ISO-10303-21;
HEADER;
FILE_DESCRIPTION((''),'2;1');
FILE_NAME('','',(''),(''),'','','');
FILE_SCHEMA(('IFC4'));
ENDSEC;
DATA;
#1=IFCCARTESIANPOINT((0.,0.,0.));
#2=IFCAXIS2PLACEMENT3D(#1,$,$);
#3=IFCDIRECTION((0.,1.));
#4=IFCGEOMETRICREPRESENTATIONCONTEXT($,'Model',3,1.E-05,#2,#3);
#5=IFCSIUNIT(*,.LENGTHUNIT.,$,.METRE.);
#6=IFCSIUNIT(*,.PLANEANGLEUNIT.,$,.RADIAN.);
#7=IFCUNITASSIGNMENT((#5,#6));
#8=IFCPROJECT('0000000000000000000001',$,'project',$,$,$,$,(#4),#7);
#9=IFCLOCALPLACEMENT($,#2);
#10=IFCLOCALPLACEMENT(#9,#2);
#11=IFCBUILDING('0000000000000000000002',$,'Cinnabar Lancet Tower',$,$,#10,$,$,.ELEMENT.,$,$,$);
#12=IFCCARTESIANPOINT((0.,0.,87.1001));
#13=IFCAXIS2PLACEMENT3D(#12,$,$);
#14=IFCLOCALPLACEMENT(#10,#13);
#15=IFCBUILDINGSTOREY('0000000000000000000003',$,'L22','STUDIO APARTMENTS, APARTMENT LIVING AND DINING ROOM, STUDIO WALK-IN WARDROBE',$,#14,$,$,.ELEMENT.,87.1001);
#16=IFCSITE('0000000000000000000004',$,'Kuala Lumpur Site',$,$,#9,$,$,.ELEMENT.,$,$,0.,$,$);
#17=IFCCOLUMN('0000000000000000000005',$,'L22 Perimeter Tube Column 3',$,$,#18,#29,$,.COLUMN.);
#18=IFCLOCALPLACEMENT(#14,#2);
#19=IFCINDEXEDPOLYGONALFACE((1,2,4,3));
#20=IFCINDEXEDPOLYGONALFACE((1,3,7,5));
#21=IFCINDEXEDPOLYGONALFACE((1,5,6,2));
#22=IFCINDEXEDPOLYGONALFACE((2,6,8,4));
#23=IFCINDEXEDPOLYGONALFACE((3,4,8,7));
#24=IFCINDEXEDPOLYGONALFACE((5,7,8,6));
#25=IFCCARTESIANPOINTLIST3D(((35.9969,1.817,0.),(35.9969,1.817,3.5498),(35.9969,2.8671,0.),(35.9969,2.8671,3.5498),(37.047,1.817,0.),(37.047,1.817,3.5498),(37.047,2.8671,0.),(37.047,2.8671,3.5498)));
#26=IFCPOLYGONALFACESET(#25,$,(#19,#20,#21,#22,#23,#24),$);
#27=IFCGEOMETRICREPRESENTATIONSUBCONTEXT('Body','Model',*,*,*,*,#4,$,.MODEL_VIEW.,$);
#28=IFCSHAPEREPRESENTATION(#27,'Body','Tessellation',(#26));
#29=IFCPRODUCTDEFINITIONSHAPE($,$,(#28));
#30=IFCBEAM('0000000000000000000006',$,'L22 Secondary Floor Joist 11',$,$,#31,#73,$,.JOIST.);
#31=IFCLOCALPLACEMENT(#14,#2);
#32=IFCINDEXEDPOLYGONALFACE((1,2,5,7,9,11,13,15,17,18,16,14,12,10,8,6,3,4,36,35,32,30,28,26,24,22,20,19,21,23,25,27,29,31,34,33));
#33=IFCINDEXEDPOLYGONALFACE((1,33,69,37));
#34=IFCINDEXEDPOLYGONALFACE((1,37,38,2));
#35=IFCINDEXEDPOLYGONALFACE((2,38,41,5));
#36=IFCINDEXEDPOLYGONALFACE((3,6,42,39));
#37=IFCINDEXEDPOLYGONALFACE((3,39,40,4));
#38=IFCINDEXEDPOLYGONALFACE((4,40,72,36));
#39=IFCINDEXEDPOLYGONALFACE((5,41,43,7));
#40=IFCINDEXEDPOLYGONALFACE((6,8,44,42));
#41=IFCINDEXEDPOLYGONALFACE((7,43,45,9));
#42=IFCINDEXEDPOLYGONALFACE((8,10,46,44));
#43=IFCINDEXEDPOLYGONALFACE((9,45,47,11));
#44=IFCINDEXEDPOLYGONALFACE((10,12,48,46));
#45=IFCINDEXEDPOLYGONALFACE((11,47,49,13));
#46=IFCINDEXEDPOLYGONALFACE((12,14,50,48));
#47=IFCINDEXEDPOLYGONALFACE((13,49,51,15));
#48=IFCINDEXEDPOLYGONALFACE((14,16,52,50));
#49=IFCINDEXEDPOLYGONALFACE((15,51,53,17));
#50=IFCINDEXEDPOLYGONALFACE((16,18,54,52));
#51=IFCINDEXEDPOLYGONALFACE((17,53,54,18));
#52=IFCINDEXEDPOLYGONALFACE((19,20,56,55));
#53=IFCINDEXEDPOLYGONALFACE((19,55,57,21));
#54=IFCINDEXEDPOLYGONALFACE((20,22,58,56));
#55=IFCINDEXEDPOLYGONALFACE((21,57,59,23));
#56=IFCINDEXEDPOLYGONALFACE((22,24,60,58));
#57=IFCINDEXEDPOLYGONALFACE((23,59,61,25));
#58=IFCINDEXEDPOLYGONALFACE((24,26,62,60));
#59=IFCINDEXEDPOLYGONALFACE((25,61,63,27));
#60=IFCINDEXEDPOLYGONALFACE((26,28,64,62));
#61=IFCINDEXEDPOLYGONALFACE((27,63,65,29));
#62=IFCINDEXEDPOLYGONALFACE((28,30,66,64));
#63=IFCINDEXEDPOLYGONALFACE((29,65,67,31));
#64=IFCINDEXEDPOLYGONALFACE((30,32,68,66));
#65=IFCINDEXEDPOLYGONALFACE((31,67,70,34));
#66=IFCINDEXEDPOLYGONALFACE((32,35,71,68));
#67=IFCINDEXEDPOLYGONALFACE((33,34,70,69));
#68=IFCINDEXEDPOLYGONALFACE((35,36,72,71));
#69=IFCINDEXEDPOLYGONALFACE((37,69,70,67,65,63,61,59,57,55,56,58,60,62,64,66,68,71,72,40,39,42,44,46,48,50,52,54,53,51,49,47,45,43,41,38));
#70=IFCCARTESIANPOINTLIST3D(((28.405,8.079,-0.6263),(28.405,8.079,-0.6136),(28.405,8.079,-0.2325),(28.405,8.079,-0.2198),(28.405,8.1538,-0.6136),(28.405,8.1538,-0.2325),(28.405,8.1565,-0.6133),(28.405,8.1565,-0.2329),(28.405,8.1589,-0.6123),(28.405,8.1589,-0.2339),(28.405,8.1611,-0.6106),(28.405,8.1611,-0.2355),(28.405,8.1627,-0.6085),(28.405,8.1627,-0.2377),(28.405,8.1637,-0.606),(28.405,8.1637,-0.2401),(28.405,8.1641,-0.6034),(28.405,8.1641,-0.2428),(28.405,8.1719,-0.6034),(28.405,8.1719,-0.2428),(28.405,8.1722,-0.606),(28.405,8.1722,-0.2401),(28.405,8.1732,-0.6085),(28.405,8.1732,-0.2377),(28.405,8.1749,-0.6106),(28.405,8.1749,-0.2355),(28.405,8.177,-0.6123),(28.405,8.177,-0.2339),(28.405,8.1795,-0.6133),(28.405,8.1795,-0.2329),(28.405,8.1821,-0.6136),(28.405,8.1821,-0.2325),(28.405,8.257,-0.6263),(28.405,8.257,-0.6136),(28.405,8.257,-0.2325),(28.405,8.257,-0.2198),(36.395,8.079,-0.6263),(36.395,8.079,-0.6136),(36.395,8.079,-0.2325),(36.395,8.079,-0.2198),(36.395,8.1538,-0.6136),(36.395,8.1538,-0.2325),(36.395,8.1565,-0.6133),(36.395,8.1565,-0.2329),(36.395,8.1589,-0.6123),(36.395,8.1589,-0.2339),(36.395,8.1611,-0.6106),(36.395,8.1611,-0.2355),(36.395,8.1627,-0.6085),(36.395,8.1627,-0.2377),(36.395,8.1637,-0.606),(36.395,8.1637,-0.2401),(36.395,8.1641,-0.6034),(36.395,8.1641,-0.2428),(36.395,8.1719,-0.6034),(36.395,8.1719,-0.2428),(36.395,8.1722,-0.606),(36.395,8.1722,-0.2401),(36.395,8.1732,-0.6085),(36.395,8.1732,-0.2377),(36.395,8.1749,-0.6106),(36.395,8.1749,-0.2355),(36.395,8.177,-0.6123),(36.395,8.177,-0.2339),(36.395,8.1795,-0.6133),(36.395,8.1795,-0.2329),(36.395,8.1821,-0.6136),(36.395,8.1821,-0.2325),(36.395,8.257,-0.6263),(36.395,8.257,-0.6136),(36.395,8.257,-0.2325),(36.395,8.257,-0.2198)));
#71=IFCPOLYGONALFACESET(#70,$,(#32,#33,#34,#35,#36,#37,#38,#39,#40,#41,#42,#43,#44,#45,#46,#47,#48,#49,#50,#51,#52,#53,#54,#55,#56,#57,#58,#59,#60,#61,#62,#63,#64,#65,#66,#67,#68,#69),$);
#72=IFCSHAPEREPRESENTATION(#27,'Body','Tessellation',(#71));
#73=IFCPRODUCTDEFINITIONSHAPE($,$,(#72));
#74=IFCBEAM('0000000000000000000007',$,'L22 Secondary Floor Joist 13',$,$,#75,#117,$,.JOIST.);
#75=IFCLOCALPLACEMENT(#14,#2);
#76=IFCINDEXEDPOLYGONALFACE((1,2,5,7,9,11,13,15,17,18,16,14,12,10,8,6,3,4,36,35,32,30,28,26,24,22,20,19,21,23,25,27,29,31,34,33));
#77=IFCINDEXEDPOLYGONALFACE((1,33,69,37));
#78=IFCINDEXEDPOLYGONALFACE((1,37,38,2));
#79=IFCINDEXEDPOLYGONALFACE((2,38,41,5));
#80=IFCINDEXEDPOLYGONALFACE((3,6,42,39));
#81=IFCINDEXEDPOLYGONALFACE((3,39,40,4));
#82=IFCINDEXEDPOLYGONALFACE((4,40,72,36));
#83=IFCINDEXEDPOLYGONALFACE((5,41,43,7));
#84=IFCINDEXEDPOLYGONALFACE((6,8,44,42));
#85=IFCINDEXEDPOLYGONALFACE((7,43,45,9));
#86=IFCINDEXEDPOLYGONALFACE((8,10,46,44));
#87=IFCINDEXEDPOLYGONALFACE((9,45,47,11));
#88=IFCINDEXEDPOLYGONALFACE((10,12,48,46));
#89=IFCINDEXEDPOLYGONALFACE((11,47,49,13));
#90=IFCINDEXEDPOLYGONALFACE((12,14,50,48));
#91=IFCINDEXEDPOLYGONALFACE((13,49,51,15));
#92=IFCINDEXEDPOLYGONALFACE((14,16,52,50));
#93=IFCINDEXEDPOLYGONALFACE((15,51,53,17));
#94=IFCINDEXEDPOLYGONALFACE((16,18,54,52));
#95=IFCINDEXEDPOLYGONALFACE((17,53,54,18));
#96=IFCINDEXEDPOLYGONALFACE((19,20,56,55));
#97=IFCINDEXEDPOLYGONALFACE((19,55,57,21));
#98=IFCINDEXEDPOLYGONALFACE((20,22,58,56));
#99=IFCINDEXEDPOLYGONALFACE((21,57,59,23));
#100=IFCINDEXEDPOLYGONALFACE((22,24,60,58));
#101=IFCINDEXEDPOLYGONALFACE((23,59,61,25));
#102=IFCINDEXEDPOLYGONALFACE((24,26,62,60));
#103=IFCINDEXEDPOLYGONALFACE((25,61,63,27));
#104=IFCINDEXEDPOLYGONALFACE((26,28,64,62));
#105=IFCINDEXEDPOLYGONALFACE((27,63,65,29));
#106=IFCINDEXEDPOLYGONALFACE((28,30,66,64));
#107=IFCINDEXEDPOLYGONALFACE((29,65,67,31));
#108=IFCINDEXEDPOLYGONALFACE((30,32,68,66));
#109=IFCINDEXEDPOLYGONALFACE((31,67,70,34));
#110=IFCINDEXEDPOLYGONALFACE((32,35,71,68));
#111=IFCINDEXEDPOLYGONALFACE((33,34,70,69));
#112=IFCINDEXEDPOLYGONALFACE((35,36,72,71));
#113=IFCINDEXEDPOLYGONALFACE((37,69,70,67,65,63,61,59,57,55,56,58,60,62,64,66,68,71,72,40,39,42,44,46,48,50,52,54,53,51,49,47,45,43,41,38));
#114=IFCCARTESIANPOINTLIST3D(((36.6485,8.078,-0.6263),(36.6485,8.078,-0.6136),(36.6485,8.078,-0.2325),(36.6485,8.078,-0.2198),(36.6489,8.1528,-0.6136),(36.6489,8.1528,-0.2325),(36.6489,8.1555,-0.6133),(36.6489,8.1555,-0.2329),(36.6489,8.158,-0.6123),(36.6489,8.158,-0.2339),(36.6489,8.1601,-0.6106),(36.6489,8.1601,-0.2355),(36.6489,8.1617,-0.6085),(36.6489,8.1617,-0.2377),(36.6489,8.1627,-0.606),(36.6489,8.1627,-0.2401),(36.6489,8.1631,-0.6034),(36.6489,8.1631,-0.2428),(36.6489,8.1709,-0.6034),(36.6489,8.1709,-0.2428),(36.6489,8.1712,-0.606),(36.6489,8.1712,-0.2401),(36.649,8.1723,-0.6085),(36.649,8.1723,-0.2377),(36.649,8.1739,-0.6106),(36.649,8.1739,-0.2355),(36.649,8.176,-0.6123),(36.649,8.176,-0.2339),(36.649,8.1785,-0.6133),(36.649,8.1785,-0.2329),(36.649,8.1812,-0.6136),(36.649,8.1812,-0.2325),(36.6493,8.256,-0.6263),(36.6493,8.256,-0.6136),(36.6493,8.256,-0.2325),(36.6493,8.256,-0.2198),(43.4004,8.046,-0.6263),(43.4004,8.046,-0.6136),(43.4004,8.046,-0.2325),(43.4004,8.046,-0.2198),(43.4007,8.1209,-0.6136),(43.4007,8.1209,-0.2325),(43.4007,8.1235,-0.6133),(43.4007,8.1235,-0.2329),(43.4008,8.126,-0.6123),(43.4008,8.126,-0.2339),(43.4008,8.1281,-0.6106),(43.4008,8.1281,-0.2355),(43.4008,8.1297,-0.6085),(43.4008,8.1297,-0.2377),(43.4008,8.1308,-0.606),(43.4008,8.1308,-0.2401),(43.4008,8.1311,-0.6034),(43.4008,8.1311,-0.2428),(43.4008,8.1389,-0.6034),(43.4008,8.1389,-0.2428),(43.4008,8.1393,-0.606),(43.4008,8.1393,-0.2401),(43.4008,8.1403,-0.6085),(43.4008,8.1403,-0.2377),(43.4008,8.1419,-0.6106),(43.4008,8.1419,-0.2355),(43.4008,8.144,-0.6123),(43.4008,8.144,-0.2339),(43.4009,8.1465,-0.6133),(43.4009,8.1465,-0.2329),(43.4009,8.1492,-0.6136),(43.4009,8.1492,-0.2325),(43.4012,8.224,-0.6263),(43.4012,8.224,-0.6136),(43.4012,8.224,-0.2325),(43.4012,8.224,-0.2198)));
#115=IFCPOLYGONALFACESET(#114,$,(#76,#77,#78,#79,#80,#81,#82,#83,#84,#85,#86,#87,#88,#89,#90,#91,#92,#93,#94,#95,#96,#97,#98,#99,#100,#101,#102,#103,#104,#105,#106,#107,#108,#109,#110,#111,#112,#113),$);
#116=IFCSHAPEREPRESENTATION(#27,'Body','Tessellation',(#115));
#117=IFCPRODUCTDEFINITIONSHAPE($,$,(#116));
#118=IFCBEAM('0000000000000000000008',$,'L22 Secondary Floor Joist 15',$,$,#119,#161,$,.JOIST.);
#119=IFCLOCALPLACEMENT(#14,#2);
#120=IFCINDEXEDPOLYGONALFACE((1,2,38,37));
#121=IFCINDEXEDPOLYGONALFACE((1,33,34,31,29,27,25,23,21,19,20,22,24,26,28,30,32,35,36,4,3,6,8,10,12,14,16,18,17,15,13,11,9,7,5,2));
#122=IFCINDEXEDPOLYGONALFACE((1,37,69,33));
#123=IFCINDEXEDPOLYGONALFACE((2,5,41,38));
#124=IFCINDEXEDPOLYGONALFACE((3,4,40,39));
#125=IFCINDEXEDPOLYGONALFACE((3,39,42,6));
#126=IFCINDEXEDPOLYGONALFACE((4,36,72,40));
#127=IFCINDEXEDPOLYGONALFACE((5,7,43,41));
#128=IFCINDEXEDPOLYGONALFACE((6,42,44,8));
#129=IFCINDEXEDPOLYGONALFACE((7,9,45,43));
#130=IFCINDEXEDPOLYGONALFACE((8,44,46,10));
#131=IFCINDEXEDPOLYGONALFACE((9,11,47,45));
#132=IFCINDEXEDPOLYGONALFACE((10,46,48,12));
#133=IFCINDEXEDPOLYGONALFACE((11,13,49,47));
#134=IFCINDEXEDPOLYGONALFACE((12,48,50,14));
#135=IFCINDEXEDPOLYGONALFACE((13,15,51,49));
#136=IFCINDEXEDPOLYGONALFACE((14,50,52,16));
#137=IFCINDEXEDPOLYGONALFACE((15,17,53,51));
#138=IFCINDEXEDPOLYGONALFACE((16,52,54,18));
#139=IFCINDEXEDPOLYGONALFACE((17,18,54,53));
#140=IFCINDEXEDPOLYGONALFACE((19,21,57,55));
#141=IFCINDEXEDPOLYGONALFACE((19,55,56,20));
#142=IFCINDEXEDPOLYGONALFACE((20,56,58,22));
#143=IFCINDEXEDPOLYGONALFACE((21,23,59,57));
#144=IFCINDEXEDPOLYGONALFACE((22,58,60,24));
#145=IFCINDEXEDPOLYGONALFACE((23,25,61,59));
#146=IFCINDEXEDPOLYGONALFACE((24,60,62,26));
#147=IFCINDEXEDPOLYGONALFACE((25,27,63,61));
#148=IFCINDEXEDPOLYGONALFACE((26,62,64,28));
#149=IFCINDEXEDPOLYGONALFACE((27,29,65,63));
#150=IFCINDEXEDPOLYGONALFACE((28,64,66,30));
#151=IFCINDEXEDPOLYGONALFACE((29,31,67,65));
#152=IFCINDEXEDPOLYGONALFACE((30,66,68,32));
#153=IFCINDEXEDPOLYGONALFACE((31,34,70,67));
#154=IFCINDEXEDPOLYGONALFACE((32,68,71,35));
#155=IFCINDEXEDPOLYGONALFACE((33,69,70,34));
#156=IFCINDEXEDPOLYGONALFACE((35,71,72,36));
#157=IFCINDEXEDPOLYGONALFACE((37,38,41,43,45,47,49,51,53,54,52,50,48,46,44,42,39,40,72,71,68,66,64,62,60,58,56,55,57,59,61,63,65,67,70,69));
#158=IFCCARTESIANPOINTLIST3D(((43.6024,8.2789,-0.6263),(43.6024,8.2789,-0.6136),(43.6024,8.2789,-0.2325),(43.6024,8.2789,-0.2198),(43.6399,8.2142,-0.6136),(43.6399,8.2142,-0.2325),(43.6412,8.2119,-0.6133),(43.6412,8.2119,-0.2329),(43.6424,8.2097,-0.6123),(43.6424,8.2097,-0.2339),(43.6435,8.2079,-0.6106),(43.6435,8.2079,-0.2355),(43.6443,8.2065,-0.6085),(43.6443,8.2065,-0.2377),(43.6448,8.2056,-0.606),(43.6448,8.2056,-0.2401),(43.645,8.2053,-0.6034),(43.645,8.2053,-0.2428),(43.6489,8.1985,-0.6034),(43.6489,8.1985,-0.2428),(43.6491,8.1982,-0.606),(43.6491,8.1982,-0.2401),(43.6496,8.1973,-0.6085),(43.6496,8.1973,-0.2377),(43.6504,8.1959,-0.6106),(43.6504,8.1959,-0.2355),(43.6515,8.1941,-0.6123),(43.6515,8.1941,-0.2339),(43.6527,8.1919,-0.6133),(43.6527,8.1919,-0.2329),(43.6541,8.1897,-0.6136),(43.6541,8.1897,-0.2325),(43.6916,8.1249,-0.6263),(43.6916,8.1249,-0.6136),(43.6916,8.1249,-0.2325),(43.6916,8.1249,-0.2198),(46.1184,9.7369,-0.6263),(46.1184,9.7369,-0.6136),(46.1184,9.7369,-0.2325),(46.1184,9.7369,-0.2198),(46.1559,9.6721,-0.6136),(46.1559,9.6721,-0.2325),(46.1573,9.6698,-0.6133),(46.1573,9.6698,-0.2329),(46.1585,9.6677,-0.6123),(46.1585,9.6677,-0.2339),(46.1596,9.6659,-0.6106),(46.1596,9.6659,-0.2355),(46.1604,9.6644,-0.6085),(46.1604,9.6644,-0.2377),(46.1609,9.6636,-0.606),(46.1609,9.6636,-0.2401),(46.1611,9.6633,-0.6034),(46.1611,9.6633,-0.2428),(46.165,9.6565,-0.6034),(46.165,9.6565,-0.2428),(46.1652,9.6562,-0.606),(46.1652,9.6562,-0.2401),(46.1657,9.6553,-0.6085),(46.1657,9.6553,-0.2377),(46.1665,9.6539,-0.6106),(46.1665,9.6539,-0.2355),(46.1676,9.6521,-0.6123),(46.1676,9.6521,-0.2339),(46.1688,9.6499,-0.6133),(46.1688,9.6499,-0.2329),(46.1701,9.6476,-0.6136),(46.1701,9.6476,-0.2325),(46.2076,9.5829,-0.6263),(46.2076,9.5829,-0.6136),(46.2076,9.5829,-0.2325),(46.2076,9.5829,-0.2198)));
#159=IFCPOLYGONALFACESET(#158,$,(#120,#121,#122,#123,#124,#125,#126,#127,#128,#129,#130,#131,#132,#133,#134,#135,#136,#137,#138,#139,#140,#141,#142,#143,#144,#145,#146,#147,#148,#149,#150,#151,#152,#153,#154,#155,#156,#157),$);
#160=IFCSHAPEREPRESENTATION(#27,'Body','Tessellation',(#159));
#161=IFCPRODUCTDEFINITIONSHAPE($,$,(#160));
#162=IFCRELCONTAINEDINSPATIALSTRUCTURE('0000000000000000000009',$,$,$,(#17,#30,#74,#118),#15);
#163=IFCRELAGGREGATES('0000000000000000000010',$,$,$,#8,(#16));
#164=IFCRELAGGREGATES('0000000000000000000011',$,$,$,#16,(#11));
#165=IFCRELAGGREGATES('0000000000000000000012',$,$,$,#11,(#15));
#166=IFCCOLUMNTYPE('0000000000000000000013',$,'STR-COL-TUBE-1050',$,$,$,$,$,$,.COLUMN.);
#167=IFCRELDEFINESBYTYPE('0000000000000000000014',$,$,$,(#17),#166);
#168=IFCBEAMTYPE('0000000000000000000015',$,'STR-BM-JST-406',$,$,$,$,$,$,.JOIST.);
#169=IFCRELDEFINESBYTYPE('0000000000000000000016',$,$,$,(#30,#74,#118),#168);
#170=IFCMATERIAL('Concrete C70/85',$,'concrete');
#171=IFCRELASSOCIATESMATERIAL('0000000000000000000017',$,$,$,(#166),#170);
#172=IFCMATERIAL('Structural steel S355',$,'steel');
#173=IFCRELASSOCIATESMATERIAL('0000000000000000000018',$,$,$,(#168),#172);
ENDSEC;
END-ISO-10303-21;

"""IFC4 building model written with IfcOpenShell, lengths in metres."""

from ifc_helpers import new_model, si_unit, direction, frame, origin, origin_2d, place, context, subcontext, project, spatial, rectangle, i_section, extrude, material, material_profile, profile_set, type_object, element, save


model = new_model("IFC4")

# Units and contexts
model_context = context("Model", 3, precision=1e-05, world=origin(), true_north=direction((0.0, 1.0)))
body_context = subcontext(model_context, "Body", "Model", "MODEL_VIEW")
ifc_project = project(units=[si_unit("LENGTHUNIT", "METRE"), si_unit("PLANEANGLEUNIT", "RADIAN")], contexts=[model_context])

# Site, building, storey
site_placement = place(None, origin())
site = spatial("IfcSite", under=ifc_project, at=site_placement, Name="Kuala Lumpur Site", CompositionType="ELEMENT", RefElevation=0.0)
building_placement = place(site_placement, origin())
building = spatial("IfcBuilding", under=site, at=building_placement, Name="Cinnabar Lancet Tower", CompositionType="ELEMENT")
storey_placement = place(building_placement, frame((0.0, 0.0, 87.1001)))
storey = spatial("IfcBuildingStorey", under=building, at=storey_placement, Name="L22", Description="STUDIO APARTMENTS, APARTMENT LIVING AND DINING ROOM, STUDIO WALK-IN WARDROBE", CompositionType="ELEMENT", Elevation=87.1001)

# Column
ifc_material_1 = material(Name="Concrete C70/85", Category="concrete")
ifc_material_profile_1 = material_profile(ifc_material_1, rectangle(XDim=1.05, YDim=1.05, at=origin_2d()), Name="RC-COL 1050x1050")
ifc_profile_set_1 = profile_set([ifc_material_profile_1], Name="Concrete C70/85")
column_type = type_object("IfcColumnType", Name="STR-COL-TUBE-1050", PredefinedType="COLUMN", material=ifc_profile_set_1)
column_placement = place(storey_placement, frame((36.522, 2.342, 0.0), z_axis=(0.0, 0.0, 1.0), x_axis=(1.0, 0.0, 0.0)))
element("IfcColumn", 1, at=column_placement, inside=storey, type_object=column_type, Name="L22 Perimeter Tube Column 3", PredefinedType="COLUMN", context=body_context, shape_type="SweptSolid", body=[
    extrude(rectangle(XDim=1.05, YDim=1.05, at=origin_2d()), origin(), (0.0, 0.0, 1.0), 3.5498),
])

# Beams
ifc_material_2 = material(Name="Structural steel S355", Category="steel")
ifc_material_profile_2 = material_profile(ifc_material_2, i_section(OverallWidth=0.178, OverallDepth=0.4065, WebThickness=0.0078, FlangeThickness=0.0127, FilletRadius=0.0103, at=origin_2d()), Name="UKB 406x178x60")
ifc_profile_set_2 = profile_set([ifc_material_profile_2], Name="Structural steel S355")
beam_type_1 = type_object("IfcBeamType", Name="STR-BM-JST-406", PredefinedType="JOIST", material=ifc_profile_set_2)
beam_1_placement = place(storey_placement, frame((28.405, 8.168, -0.4231), z_axis=(1.0, 0.0, 0.0), x_axis=(0.0, 1.0, 0.0)))
element("IfcBeam", 2, at=beam_1_placement, inside=storey, type_object=beam_type_1, Name="L22 Secondary Floor Joist 11", PredefinedType="JOIST", context=body_context, shape_type="SweptSolid", body=[
    extrude(i_section(OverallWidth=0.178, OverallDepth=0.4065, WebThickness=0.0078, FlangeThickness=0.0127, FilletRadius=0.0103, at=origin_2d()), origin(), (0.0, 0.0, 1.0), 7.99),
])
beam_2_placement = place(storey_placement, frame((36.6489, 8.167, -0.4231), z_axis=(0.999989, -0.004737, 0.0), x_axis=(0.004737, 0.999989, 0.0)))
element("IfcBeam", 3, at=beam_2_placement, inside=storey, type_object=beam_type_1, Name="L22 Secondary Floor Joist 13", PredefinedType="JOIST", context=body_context, shape_type="SweptSolid", body=[
    extrude(i_section(OverallWidth=0.178, OverallDepth=0.4065, WebThickness=0.0078, FlangeThickness=0.0127, FilletRadius=0.0103, at=origin_2d()), origin(), (0.0, 0.0, 1.0), 6.752),
])
beam_3_placement = place(storey_placement, frame((43.647, 8.2019, -0.4231), z_axis=(0.865231, 0.501374, 0.0), x_axis=(-0.501374, 0.865231, 0.0)))
element("IfcBeam", 4, at=beam_3_placement, inside=storey, type_object=beam_type_1, Name="L22 Secondary Floor Joist 15", PredefinedType="JOIST", context=body_context, shape_type="SweptSolid", body=[
    extrude(i_section(OverallWidth=0.178, OverallDepth=0.4065, WebThickness=0.0078, FlangeThickness=0.0127, FilletRadius=0.0103, at=origin_2d()), origin(), (0.0, 0.0, 1.0), 2.908),
])

save(model, "model.ifc")
